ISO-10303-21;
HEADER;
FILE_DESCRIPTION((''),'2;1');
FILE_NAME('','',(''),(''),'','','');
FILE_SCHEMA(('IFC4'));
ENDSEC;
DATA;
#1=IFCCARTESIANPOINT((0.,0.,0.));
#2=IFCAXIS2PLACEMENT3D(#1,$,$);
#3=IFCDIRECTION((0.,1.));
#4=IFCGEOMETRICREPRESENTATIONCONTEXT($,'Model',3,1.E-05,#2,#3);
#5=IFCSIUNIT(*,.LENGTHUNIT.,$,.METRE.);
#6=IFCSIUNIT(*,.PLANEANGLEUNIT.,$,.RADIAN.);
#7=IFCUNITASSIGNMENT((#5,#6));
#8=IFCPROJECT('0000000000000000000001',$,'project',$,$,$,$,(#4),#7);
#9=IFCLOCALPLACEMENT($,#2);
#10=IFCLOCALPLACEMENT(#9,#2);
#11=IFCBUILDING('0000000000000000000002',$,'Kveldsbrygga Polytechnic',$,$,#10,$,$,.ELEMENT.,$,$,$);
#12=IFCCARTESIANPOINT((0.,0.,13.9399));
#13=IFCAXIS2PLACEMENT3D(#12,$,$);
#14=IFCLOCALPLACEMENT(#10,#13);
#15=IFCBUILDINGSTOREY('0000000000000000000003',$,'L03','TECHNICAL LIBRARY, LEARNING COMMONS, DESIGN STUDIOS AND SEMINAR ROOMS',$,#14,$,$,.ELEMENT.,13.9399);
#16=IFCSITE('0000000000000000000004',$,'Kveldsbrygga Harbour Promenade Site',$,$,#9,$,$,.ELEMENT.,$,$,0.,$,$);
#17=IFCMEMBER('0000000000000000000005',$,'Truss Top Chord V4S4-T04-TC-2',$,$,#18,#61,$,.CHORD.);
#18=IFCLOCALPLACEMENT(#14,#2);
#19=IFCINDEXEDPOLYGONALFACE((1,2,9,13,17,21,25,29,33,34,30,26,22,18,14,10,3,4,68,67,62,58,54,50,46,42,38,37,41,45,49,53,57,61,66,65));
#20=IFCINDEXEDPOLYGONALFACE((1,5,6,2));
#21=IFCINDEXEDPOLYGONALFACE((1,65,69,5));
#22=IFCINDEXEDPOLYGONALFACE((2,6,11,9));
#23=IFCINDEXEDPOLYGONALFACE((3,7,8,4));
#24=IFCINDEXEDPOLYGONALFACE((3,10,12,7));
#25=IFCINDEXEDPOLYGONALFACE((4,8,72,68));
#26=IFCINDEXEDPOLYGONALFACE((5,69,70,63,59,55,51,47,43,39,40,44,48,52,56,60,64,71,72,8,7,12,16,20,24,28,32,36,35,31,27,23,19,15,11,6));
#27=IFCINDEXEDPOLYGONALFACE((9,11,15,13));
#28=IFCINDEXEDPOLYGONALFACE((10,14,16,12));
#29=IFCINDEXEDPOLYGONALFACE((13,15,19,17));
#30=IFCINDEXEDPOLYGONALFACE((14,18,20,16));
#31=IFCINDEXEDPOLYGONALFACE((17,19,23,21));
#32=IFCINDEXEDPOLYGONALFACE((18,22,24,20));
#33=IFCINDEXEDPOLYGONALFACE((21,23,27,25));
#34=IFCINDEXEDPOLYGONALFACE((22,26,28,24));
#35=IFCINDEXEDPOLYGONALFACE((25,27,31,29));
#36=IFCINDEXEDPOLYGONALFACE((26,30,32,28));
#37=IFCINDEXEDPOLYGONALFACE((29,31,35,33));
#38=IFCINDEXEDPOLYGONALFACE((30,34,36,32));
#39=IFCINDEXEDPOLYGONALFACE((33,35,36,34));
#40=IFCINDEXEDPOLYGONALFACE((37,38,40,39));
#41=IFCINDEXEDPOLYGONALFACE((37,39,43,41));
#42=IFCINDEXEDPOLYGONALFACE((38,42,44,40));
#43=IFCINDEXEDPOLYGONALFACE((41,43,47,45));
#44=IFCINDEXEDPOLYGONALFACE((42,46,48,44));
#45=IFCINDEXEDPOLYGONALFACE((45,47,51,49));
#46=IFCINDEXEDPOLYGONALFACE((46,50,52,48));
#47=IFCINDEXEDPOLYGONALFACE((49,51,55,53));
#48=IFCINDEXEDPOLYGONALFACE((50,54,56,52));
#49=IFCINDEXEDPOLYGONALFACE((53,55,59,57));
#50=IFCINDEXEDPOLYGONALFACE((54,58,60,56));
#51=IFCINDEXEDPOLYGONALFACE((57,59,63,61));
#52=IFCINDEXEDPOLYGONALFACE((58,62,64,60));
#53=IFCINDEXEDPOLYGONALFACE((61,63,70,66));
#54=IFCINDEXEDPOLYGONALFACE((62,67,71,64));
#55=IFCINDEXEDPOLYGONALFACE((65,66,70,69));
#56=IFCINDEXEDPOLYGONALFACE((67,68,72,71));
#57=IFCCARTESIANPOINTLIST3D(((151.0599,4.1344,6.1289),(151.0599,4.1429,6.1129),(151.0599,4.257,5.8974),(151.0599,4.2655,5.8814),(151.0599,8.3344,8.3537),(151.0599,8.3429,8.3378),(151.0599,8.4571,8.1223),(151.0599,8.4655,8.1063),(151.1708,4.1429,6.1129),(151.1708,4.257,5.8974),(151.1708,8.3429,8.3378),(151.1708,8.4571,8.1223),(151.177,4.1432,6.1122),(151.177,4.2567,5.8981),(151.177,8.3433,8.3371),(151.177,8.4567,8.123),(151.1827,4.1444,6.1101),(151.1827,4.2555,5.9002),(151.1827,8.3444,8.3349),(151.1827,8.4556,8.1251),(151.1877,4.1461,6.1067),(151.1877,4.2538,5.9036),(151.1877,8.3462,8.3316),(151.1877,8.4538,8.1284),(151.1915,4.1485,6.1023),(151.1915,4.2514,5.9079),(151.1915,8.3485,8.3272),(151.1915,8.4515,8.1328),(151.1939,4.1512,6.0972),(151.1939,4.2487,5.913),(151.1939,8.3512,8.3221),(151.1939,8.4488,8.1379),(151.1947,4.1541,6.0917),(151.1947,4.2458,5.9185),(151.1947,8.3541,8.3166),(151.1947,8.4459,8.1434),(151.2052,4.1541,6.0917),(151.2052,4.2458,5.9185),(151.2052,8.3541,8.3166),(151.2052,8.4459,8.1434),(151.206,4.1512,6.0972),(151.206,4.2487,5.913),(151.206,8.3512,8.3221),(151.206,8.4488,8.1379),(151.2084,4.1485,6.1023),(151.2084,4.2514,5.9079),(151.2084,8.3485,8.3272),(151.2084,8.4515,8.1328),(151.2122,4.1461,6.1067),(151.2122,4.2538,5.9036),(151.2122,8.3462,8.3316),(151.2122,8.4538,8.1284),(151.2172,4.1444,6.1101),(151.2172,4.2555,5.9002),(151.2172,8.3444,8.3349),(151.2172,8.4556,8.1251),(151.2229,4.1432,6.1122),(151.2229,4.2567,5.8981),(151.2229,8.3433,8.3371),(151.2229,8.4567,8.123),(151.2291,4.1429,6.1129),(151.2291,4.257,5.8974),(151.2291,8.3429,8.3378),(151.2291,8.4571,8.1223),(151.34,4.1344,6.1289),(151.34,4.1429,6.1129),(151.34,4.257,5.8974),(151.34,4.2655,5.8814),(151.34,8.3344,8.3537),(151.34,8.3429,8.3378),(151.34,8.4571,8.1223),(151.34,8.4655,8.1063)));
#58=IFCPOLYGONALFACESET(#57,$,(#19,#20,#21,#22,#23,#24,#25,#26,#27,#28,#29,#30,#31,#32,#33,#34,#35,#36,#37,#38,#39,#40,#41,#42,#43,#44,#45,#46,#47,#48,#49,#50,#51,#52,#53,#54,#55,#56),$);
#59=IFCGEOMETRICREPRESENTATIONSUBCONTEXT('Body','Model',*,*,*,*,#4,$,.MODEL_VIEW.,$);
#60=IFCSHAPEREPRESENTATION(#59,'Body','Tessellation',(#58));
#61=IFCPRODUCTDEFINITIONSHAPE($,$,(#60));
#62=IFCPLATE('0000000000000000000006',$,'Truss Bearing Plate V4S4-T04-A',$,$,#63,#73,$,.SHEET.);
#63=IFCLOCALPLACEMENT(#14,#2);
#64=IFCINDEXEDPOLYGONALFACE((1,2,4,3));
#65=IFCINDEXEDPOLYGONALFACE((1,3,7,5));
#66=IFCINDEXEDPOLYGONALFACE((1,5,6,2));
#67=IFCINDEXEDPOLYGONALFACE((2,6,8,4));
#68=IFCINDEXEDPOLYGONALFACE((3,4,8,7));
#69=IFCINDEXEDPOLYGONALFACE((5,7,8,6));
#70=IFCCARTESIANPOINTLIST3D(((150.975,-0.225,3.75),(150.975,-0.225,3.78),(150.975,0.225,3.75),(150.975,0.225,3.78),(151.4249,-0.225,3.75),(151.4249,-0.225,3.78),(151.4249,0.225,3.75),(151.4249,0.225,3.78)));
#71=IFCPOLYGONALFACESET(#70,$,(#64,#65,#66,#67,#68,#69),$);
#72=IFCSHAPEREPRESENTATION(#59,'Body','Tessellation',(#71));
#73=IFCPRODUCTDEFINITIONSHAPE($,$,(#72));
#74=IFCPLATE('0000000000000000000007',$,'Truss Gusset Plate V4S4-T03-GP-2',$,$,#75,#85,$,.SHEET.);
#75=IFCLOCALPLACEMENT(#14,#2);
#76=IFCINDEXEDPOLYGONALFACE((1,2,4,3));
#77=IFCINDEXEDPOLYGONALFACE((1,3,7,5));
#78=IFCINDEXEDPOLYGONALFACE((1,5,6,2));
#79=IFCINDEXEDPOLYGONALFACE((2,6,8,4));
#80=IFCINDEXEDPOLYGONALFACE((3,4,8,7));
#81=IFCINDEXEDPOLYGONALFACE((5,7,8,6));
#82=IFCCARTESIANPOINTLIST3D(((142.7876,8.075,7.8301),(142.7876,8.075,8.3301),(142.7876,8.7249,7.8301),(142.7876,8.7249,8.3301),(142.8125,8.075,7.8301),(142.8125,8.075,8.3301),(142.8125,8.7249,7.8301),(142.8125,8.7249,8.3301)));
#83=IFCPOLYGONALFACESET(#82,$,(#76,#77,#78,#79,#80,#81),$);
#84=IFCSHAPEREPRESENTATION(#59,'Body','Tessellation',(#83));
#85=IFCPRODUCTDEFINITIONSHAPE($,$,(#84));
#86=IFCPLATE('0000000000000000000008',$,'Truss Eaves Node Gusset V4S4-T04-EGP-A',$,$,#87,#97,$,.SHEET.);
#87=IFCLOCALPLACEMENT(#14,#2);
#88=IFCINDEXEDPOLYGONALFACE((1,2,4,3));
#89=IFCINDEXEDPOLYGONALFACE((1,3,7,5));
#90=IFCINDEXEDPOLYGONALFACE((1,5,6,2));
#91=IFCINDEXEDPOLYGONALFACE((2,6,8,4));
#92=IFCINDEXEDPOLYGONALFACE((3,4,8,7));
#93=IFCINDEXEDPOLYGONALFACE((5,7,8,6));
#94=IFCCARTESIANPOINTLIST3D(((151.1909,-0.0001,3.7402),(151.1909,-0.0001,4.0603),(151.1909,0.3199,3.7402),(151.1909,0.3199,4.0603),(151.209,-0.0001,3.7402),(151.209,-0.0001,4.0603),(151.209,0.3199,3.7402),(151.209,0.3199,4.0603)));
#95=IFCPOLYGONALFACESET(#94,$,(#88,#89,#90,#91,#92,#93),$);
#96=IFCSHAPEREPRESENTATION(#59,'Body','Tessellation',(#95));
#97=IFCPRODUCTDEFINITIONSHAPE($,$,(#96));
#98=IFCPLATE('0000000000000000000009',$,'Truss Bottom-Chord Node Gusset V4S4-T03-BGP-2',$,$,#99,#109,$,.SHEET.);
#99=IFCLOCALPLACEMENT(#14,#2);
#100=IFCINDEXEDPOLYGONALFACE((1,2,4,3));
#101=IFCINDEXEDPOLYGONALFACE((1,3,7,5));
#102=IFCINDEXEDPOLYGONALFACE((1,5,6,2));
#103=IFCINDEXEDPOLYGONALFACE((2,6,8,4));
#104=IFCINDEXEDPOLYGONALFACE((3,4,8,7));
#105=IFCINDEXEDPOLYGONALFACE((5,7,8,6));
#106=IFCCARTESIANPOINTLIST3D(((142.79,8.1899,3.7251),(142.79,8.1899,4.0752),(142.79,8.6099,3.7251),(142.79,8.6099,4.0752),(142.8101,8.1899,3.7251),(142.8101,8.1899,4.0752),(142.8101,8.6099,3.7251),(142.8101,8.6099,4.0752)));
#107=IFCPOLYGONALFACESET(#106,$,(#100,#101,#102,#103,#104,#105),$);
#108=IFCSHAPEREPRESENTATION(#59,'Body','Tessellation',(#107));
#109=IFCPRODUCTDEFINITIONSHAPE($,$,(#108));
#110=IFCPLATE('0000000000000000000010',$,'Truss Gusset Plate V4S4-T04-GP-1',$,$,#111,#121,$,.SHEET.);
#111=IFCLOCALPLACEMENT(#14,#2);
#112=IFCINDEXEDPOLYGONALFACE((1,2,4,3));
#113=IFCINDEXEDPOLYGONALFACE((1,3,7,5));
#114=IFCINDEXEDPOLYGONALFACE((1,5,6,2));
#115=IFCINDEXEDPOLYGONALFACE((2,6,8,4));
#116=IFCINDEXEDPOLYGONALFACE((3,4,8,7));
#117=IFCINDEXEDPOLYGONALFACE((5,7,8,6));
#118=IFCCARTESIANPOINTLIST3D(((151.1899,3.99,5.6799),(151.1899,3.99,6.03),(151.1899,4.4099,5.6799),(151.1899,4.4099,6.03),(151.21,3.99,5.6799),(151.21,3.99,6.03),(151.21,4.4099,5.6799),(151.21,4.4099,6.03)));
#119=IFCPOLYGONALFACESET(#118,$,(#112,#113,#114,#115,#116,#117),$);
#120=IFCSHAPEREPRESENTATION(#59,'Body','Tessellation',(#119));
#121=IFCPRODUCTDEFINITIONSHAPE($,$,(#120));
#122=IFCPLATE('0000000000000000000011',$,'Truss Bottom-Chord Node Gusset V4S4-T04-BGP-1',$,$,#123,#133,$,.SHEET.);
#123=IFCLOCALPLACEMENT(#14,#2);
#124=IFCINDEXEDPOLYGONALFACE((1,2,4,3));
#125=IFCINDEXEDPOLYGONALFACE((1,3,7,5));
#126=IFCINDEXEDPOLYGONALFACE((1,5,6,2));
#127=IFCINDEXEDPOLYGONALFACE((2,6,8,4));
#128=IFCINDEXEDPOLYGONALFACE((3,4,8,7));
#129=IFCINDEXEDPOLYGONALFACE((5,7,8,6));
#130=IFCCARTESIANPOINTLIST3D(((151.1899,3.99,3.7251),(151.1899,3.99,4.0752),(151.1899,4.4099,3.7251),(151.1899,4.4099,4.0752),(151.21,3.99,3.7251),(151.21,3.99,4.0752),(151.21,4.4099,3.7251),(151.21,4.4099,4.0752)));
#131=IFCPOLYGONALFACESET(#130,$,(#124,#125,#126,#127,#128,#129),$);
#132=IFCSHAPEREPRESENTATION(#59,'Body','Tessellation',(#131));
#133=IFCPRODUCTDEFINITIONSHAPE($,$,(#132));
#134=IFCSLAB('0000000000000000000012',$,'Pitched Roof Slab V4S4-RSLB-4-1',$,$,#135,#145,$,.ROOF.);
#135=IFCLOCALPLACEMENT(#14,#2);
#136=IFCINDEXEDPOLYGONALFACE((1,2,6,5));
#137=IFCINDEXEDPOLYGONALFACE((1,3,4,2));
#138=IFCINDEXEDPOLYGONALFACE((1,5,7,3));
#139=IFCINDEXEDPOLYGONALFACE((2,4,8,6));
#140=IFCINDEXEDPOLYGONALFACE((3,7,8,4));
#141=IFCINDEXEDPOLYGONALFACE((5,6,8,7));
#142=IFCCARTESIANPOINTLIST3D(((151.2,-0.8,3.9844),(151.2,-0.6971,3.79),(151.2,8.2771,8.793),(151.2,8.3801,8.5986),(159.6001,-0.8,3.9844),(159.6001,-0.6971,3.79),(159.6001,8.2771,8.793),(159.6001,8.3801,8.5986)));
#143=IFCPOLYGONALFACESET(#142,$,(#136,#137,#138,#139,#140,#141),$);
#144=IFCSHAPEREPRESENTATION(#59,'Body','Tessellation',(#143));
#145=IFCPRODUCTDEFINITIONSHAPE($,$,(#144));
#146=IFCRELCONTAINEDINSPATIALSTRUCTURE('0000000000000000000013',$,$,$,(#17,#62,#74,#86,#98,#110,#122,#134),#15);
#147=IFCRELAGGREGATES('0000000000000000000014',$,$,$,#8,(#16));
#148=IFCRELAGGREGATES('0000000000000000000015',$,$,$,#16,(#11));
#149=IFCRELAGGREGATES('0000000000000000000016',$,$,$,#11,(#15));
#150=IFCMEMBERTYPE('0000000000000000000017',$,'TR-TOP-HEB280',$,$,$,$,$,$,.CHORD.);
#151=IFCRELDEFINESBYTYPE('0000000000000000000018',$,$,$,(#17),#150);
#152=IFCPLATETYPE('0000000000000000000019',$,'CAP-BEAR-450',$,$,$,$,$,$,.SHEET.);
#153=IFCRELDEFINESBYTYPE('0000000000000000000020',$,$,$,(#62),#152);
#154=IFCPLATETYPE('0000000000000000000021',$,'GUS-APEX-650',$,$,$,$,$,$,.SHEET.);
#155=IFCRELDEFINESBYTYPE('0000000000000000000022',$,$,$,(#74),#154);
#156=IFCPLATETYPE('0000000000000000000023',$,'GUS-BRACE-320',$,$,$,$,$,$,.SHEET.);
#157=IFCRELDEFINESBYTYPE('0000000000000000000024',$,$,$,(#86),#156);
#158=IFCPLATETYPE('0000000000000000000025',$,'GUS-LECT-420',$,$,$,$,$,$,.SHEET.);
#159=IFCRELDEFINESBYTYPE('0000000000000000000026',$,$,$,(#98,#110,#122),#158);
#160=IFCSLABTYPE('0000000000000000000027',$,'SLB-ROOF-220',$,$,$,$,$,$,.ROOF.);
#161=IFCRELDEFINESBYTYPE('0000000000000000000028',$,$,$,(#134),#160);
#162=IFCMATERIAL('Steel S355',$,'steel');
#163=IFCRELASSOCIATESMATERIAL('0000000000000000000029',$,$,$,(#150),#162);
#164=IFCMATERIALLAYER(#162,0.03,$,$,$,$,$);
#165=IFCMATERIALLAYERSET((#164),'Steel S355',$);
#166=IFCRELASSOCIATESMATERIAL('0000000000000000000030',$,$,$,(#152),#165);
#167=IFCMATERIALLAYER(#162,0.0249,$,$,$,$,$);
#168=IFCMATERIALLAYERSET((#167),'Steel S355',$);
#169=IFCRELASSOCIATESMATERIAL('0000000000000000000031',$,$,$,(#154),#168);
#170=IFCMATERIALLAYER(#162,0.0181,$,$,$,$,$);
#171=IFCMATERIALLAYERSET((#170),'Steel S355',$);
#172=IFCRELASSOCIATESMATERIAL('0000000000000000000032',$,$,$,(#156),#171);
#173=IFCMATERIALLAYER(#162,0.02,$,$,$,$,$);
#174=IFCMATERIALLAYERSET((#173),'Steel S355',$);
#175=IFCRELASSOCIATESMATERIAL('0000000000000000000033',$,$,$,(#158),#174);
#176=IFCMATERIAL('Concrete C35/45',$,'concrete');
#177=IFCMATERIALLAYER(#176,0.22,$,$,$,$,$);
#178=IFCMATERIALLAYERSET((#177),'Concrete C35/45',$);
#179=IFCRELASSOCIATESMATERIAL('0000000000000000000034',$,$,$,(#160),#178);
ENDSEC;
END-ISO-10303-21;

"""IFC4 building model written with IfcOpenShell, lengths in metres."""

from ifc_helpers import new_model, si_unit, direction, frame, origin, origin_2d, place, context, subcontext, project, spatial, polyline, rectangle, i_section, outline, extrude, material, layer, layer_set, material_profile, profile_set, type_object, element, save


model = new_model("IFC4")

# Units and contexts
model_context = context("Model", 3, precision=1e-05, world=origin(), true_north=direction((0.0, 1.0)))
body_context = subcontext(model_context, "Body", "Model", "MODEL_VIEW")
ifc_project = project(units=[si_unit("LENGTHUNIT", "METRE"), si_unit("PLANEANGLEUNIT", "RADIAN")], contexts=[model_context])

# Site, building, storey
site_placement = place(None, origin())
site = spatial("IfcSite", under=ifc_project, at=site_placement, Name="Kveldsbrygga Harbour Promenade Site", CompositionType="ELEMENT", RefElevation=0.0)
building_placement = place(site_placement, origin())
building = spatial("IfcBuilding", under=site, at=building_placement, Name="Kveldsbrygga Polytechnic", CompositionType="ELEMENT")
storey_placement = place(building_placement, frame((0.0, 0.0, 13.9399)))
storey = spatial("IfcBuildingStorey", under=building, at=storey_placement, Name="L03", Description="TECHNICAL LIBRARY, LEARNING COMMONS, DESIGN STUDIOS AND SEMINAR ROOMS", CompositionType="ELEMENT", Elevation=13.9399)

# Member
ifc_material_1 = material(Name="Steel S355", Category="steel")
ifc_material_profile_1 = material_profile(ifc_material_1, i_section(OverallWidth=0.28, OverallDepth=0.28, WebThickness=0.0105, FlangeThickness=0.0181, FilletRadius=0.0239, at=origin_2d()), Name="HEB 280")
ifc_profile_set_1 = profile_set([ifc_material_profile_1], Name="Steel S355")
member_type_1 = type_object("IfcMemberType", Name="TR-TOP-HEB280", PredefinedType="CHORD", material=ifc_profile_set_1)
for number, where, z_axis, x_axis, name in (
    (1, (151.2, 4.2, 6.0051), (0.0, 0.88367, 0.46811), (-1.0, 0.0, 0.0), "Truss Top Chord V4S4-T04-TC-2"),
):
    element("IfcMember", number, at=place(storey_placement, frame(where, z_axis=z_axis, x_axis=x_axis)), inside=storey, type_object=member_type_1, Name=name, PredefinedType="CHORD", context=body_context, shape_type="SweptSolid", body=[
        extrude(i_section(OverallWidth=0.28, OverallDepth=0.28, WebThickness=0.0105, FlangeThickness=0.0181, FilletRadius=0.0239, at=origin_2d()), origin(), (0.0, 0.0, 1.0), 4.7529),
    ])

# Plates
ifc_layer_1 = layer(ifc_material_1, 0.03)
ifc_layer_set_1 = layer_set([ifc_layer_1], Name="Steel S355")
plate_type_1 = type_object("IfcPlateType", Name="CAP-BEAR-450", PredefinedType="SHEET", material=ifc_layer_set_1)
plate_1_placement = place(storey_placement, frame((151.2, 0.0, 3.75), z_axis=(0.0, 0.0, 1.0), x_axis=(1.0, 0.0, 0.0)))
element("IfcPlate", 2, at=plate_1_placement, inside=storey, type_object=plate_type_1, Name="Truss Bearing Plate V4S4-T04-A", PredefinedType="SHEET", context=body_context, shape_type="SweptSolid", body=[
    extrude(rectangle(XDim=0.45, YDim=0.45, at=origin_2d()), origin(), (0.0, 0.0, 1.0), 0.03),
])
ifc_layer_2 = layer(ifc_material_1, 0.0249)
ifc_layer_set_2 = layer_set([ifc_layer_2], Name="Steel S355")
plate_type_2 = type_object("IfcPlateType", Name="GUS-APEX-650", PredefinedType="SHEET", material=ifc_layer_set_2)
plate_2_placement = place(storey_placement, frame((142.8, 8.3999, 7.8301), z_axis=(0.0, 0.0, 1.0), x_axis=(1.0, 0.0, 0.0)))
element("IfcPlate", 3, at=plate_2_placement, inside=storey, type_object=plate_type_2, Name="Truss Gusset Plate V4S4-T03-GP-2", PredefinedType="SHEET", context=body_context, shape_type="SweptSolid", body=[
    extrude(rectangle(XDim=0.0249, YDim=0.6499, at=origin_2d()), origin(), (0.0, 0.0, 1.0), 0.5),
])
ifc_layer_3 = layer(ifc_material_1, 0.0181)
ifc_layer_set_3 = layer_set([ifc_layer_3], Name="Steel S355")
plate_type_3 = type_object("IfcPlateType", Name="GUS-BRACE-320", PredefinedType="SHEET", material=ifc_layer_set_3)
plate_3_placement = place(storey_placement, frame((151.2, 0.1599, 3.7402), z_axis=(0.0, 0.0, 1.0), x_axis=(1.0, 0.0, 0.0)))
element("IfcPlate", 4, at=plate_3_placement, inside=storey, type_object=plate_type_3, Name="Truss Eaves Node Gusset V4S4-T04-EGP-A", PredefinedType="SHEET", context=body_context, shape_type="SweptSolid", body=[
    extrude(rectangle(XDim=0.0181, YDim=0.3201, at=origin_2d()), origin(), (0.0, 0.0, 1.0), 0.3201),
])
ifc_layer_4 = layer(ifc_material_1, 0.02)
ifc_layer_set_4 = layer_set([ifc_layer_4], Name="Steel S355")
plate_type_4 = type_object("IfcPlateType", Name="GUS-LECT-420", PredefinedType="SHEET", material=ifc_layer_set_4)
for number, where, z_axis, x_axis, name in (
    (5, (142.8, 8.3999, 3.7251), (0.0, 0.0, 1.0), (1.0, 0.0, 0.0), "Truss Bottom-Chord Node Gusset V4S4-T03-BGP-2"),
    (6, (151.2, 4.2, 5.6799), (0.0, 0.0, 1.0), (1.0, 0.0, 0.0), "Truss Gusset Plate V4S4-T04-GP-1"),
    (7, (151.2, 4.2, 3.7251), (0.0, 0.0, 1.0), (1.0, 0.0, 0.0), "Truss Bottom-Chord Node Gusset V4S4-T04-BGP-1"),
):
    element("IfcPlate", number, at=place(storey_placement, frame(where, z_axis=z_axis, x_axis=x_axis)), inside=storey, type_object=plate_type_4, Name=name, PredefinedType="SHEET", context=body_context, shape_type="SweptSolid", body=[
        extrude(rectangle(XDim=0.02, YDim=0.4199, at=origin_2d()), origin(), (0.0, 0.0, 1.0), 0.3501),
    ])

# Slab
ifc_material_2 = material(Name="Concrete C35/45", Category="concrete")
ifc_layer_5 = layer(ifc_material_2, 0.22)
ifc_layer_set_5 = layer_set([ifc_layer_5], Name="Concrete C35/45")
slab_type = type_object("IfcSlabType", Name="SLB-ROOF-220", PredefinedType="ROOF", material=ifc_layer_set_5)
slab_placement = place(storey_placement, frame((151.2, -0.8, 3.9844), z_axis=(0.0, -0.468119, 0.883665), x_axis=(1.0, 0.0, 0.0)))
element("IfcSlab", 8, at=slab_placement, inside=storey, type_object=slab_type, Name="Pitched Roof Slab V4S4-RSLB-4-1", PredefinedType="ROOF", context=body_context, shape_type="SweptSolid", body=[
    extrude(outline(polyline([(0.0, 0.0), (8.4001, 0.0), (8.4001, 10.2722), (0.0, 10.2722), (0.0, 0.0)])), origin(), (0.0, 0.0, -1.0), 0.22),
])

save(model, "model.ifc")
